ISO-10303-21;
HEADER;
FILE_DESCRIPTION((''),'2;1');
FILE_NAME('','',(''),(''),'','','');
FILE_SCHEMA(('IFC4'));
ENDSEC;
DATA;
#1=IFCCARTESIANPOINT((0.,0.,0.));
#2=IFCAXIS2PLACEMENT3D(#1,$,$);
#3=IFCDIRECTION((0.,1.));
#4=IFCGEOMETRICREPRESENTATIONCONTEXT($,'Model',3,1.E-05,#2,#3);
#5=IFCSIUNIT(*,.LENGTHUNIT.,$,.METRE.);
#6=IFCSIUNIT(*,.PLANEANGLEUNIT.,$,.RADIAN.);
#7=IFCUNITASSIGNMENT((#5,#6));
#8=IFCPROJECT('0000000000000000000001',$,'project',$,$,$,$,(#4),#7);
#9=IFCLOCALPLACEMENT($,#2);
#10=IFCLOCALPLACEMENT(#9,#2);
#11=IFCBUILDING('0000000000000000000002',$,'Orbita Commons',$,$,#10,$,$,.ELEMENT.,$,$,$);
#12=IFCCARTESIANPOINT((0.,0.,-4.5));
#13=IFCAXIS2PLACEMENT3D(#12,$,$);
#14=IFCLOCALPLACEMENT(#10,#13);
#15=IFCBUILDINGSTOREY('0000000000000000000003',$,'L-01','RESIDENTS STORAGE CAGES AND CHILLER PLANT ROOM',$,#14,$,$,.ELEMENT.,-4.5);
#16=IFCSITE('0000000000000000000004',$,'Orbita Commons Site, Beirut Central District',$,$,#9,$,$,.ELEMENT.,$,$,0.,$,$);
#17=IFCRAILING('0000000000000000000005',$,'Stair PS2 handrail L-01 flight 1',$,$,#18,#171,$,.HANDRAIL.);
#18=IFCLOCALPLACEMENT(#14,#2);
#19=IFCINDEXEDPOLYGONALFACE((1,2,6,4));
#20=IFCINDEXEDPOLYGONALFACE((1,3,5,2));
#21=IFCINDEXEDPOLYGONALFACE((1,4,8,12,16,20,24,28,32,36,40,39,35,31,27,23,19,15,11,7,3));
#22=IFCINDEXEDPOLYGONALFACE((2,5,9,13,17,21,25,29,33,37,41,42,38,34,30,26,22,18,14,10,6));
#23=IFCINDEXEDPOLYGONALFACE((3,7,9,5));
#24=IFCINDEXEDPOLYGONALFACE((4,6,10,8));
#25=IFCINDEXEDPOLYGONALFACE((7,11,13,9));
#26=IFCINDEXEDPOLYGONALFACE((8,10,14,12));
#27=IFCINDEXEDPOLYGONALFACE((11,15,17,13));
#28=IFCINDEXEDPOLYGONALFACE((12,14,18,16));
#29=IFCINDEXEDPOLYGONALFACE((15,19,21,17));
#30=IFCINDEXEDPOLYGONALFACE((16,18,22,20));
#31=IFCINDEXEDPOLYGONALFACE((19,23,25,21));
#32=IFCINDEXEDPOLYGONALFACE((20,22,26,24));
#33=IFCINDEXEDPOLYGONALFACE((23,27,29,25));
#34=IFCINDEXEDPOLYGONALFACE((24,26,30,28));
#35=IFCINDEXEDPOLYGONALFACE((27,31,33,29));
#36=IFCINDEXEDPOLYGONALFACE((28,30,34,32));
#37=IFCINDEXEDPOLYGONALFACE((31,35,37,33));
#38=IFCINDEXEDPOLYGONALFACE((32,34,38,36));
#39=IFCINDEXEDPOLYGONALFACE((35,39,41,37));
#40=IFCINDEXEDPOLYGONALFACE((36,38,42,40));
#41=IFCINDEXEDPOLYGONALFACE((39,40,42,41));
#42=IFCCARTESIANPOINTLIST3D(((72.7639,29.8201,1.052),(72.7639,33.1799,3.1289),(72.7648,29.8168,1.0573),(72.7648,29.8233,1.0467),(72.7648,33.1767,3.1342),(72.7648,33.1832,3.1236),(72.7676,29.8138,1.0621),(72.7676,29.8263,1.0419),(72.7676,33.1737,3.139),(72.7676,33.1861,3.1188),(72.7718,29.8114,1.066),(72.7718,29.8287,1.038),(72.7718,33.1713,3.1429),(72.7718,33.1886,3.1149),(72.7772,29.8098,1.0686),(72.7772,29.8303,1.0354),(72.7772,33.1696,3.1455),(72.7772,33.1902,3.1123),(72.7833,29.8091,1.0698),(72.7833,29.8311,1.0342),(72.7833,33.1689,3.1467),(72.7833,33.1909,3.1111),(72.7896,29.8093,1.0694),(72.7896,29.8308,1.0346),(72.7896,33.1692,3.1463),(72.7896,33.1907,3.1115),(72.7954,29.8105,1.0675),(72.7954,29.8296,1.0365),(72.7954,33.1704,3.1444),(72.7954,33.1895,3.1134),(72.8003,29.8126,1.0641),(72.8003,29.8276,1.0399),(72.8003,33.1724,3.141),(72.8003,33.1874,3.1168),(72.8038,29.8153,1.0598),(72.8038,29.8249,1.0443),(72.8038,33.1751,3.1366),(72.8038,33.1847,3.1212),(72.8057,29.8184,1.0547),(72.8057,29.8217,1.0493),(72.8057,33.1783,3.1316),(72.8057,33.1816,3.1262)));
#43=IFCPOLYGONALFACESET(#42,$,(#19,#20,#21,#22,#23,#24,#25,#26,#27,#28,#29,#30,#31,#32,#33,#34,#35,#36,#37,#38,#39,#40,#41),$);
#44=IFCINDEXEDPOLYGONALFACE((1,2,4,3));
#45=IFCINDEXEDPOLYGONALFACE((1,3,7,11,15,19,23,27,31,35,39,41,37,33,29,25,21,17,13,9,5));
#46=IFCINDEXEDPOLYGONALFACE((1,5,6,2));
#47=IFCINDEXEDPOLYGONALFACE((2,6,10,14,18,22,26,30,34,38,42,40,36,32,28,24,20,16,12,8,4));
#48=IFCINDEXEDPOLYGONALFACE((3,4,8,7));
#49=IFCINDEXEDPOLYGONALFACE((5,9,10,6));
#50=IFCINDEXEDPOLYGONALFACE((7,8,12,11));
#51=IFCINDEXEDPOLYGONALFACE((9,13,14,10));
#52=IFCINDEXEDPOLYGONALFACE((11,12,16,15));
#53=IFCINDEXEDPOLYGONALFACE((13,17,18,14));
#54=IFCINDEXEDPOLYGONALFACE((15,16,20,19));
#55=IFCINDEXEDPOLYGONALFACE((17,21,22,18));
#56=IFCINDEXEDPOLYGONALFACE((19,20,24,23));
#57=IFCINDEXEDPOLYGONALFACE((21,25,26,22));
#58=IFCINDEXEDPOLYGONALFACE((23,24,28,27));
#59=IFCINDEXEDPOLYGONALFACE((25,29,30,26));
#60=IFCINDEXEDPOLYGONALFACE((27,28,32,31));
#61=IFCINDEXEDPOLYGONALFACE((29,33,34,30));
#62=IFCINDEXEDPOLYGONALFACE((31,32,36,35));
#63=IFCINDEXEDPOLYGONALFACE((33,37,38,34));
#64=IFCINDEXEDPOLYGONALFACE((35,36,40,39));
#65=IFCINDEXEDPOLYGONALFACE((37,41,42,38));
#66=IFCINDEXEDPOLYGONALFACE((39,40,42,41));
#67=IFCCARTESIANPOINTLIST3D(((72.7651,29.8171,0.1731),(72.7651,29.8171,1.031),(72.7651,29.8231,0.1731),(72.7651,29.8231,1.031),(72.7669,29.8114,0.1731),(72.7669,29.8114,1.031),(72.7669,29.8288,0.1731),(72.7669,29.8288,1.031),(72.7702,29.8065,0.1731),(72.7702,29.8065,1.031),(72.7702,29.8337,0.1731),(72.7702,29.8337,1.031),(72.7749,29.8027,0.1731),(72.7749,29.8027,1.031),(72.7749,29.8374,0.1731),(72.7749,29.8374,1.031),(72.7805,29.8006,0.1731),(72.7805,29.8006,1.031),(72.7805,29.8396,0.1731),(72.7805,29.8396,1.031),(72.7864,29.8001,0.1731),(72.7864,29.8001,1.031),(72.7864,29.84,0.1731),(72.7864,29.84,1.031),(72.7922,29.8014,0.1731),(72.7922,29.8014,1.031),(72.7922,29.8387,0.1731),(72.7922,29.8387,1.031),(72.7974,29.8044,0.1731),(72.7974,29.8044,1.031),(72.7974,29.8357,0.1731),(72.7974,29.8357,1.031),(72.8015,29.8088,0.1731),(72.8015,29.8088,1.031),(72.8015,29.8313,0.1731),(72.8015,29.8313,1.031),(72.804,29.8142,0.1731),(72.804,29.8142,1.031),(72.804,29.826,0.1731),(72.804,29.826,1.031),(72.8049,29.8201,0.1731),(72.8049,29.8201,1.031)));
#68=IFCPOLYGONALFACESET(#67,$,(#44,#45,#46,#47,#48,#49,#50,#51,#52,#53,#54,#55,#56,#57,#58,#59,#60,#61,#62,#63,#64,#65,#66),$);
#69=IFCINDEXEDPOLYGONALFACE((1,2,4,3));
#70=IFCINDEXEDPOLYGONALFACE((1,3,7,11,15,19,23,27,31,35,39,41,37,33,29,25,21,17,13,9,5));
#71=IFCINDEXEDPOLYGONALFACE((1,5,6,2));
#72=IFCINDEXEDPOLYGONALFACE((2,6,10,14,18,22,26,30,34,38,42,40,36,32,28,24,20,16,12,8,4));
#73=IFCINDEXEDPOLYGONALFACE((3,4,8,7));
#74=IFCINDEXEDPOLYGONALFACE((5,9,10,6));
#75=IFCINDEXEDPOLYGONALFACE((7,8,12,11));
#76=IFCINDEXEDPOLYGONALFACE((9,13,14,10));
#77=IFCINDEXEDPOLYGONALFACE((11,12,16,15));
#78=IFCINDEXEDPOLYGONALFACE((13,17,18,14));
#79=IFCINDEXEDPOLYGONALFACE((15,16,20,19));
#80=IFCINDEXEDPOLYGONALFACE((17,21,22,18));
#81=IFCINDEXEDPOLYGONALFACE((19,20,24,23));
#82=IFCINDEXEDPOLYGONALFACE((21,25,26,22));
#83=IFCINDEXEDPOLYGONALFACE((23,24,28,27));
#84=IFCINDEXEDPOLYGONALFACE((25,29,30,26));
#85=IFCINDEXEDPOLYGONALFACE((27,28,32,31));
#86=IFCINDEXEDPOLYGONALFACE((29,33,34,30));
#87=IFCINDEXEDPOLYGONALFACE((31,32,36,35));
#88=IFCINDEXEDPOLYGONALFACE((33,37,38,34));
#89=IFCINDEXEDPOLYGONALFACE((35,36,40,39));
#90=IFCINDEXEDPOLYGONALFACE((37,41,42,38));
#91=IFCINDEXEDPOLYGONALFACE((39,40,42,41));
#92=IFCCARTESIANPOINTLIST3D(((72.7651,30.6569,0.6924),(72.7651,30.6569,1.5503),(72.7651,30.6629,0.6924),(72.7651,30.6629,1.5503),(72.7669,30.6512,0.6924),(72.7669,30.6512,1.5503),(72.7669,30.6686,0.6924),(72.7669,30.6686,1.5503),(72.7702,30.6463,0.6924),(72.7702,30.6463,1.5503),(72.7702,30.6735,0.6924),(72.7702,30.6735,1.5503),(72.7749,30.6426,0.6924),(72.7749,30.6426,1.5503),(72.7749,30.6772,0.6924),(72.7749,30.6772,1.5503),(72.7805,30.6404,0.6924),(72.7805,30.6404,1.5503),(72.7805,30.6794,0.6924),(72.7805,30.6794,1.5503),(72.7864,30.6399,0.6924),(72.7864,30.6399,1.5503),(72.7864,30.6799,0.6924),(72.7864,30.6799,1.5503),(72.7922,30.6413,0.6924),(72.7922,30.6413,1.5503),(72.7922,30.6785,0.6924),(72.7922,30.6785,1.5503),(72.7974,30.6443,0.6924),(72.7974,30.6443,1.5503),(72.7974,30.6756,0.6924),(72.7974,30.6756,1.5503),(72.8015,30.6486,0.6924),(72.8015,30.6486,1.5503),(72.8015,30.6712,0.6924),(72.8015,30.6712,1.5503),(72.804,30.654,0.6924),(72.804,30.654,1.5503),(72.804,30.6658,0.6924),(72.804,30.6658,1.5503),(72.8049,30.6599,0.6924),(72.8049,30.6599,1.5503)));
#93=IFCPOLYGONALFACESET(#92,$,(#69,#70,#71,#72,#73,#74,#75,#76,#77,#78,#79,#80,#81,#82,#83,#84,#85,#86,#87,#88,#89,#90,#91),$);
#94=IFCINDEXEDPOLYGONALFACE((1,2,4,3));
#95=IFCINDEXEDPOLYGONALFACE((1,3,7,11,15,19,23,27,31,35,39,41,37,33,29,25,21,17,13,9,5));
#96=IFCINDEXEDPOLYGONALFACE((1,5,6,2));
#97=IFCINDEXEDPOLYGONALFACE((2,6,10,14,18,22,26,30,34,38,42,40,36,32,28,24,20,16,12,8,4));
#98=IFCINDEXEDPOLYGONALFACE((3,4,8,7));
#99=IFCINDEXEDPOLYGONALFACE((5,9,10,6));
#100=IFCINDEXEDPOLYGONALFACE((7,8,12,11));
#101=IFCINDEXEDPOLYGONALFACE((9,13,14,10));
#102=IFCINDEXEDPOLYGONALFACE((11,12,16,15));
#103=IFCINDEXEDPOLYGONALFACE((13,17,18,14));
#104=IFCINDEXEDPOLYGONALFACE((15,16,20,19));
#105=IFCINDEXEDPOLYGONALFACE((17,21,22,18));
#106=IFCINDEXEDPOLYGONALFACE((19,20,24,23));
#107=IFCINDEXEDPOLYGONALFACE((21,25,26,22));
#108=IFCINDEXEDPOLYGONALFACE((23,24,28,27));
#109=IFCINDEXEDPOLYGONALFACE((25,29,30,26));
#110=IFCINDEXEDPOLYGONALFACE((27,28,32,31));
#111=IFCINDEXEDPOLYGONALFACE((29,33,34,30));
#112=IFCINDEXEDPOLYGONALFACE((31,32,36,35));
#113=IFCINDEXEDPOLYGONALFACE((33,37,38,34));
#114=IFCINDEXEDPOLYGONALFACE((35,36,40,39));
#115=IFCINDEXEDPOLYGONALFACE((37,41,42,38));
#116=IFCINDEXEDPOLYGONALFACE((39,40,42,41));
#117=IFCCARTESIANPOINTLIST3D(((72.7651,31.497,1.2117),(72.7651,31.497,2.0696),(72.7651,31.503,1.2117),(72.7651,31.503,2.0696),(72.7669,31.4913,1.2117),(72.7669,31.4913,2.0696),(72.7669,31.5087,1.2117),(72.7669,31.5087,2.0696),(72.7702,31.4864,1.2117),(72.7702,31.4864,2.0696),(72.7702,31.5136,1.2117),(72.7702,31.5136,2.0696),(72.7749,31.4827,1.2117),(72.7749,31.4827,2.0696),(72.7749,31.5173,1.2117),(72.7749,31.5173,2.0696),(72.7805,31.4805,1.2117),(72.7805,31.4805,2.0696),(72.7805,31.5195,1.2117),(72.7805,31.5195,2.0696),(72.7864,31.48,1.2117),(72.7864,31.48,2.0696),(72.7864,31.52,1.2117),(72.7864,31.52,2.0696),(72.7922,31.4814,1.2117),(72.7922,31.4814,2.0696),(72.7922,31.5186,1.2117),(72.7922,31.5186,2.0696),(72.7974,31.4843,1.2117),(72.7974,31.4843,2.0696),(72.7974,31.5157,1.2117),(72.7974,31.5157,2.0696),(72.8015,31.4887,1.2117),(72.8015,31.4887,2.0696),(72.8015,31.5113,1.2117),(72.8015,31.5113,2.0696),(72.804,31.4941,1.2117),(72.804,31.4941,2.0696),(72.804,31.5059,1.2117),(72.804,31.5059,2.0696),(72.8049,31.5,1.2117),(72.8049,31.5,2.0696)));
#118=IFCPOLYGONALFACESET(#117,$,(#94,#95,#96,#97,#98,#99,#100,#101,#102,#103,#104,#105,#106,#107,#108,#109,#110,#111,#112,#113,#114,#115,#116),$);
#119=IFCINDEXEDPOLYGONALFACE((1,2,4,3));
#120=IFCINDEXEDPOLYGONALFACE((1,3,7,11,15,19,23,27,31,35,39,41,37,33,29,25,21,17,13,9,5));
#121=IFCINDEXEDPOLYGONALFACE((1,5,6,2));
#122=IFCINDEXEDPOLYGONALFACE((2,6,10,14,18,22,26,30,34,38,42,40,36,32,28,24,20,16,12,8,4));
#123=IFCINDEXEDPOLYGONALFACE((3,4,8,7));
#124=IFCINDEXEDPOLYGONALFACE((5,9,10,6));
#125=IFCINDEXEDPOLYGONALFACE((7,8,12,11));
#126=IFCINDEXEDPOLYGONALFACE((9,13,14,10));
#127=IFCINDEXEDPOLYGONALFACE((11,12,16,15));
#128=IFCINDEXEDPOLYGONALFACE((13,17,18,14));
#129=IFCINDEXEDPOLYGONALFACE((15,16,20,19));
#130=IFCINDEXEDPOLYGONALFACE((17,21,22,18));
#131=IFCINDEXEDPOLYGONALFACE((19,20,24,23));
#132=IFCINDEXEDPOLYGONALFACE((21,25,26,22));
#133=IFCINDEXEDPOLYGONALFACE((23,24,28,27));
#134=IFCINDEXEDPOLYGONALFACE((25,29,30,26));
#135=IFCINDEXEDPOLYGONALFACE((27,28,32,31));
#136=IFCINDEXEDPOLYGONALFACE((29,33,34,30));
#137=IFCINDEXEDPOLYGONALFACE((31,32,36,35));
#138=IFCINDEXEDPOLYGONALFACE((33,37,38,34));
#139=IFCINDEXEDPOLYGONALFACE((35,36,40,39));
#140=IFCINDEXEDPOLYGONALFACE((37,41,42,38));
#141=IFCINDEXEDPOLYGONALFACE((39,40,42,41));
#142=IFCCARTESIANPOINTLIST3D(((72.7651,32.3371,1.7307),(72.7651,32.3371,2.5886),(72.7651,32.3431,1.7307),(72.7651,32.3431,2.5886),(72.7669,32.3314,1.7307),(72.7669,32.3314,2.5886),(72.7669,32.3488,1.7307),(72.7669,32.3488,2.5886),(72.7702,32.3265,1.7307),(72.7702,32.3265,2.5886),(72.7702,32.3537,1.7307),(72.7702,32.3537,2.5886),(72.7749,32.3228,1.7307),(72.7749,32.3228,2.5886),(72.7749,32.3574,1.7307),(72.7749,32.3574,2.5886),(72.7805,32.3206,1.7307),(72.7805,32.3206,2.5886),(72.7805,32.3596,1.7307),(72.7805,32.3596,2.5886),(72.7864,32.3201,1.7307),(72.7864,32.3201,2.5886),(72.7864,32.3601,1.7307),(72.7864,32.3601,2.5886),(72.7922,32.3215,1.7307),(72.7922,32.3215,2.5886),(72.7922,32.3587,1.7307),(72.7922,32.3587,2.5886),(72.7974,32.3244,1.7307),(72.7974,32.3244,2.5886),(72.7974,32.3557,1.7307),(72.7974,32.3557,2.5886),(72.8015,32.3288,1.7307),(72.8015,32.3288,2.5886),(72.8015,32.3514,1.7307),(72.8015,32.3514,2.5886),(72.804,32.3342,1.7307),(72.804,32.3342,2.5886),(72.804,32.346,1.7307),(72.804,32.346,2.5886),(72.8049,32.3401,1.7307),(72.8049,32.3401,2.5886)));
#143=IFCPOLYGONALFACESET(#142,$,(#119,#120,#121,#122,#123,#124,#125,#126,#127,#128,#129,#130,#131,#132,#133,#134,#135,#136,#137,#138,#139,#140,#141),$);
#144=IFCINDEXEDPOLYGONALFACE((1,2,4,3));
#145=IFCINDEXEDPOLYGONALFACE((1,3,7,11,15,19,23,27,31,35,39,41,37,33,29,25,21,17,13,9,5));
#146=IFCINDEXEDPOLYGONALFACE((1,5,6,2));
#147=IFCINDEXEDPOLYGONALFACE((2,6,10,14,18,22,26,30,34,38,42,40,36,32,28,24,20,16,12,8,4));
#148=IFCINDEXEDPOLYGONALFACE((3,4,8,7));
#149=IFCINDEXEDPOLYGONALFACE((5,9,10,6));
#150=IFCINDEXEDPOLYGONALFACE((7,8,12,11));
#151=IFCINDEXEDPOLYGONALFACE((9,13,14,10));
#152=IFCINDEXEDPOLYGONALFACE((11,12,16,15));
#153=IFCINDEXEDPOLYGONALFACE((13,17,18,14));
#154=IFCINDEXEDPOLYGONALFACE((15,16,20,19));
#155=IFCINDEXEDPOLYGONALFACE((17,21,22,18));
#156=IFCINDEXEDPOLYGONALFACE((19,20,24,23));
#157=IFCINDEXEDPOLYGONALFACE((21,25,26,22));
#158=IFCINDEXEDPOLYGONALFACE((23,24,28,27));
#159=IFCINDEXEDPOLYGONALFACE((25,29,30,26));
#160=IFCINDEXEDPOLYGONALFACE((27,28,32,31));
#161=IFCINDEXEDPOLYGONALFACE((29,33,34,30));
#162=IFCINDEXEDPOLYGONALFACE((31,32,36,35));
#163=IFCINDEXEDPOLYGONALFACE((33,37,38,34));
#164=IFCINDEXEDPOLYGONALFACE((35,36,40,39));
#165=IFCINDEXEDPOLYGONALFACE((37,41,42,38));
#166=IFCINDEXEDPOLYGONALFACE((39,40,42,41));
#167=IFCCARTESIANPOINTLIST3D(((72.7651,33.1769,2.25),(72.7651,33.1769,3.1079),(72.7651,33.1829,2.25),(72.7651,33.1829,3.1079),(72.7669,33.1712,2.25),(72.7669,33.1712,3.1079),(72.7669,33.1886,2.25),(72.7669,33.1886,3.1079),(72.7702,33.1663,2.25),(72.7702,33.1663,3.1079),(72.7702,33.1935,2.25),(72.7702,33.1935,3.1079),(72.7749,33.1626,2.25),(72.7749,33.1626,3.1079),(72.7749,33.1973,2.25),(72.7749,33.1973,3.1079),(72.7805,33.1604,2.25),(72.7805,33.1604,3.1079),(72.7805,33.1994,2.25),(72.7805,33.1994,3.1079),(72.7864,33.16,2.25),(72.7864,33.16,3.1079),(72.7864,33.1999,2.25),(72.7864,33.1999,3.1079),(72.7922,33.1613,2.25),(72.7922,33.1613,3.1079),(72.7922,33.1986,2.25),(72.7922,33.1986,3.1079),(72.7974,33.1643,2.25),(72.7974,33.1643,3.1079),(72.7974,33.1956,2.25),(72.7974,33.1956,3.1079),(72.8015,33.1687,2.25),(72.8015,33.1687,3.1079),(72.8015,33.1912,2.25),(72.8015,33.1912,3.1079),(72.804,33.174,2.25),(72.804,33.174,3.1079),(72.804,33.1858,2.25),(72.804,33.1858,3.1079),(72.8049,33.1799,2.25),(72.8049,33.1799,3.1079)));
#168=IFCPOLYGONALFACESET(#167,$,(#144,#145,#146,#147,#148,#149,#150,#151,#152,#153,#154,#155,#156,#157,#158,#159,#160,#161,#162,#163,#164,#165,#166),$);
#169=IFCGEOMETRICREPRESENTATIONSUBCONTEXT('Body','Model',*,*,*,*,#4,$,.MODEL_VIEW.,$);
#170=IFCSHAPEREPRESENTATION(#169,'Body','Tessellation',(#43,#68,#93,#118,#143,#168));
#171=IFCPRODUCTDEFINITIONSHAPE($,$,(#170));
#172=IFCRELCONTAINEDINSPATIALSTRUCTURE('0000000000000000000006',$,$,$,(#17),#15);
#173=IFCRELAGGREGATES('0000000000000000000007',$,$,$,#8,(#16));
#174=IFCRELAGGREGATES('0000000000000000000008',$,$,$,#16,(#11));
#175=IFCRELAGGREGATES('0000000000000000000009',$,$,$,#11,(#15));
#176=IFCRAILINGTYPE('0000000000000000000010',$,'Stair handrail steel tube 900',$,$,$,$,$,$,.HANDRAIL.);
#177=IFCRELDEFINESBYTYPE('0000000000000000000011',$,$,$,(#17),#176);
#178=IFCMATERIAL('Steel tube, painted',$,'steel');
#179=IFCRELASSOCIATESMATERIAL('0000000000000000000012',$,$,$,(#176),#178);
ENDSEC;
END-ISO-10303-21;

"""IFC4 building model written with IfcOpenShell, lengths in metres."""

from ifc_helpers import new_model, si_unit, direction, frame, origin, origin_2d, place, context, subcontext, project, spatial, circle, extrude, material, type_object, element, save


model = new_model("IFC4")

# Units and contexts
model_context = context("Model", 3, precision=1e-05, world=origin(), true_north=direction((0.0, 1.0)))
body_context = subcontext(model_context, "Body", "Model", "MODEL_VIEW")
ifc_project = project(units=[si_unit("LENGTHUNIT", "METRE"), si_unit("PLANEANGLEUNIT", "RADIAN")], contexts=[model_context])

# Site, building, storey
site_placement = place(None, origin())
site = spatial("IfcSite", under=ifc_project, at=site_placement, Name="Orbita Commons Site, Beirut Central District", CompositionType="ELEMENT", RefElevation=0.0)
building_placement = place(site_placement, origin())
building = spatial("IfcBuilding", under=site, at=building_placement, Name="Orbita Commons", CompositionType="ELEMENT")
storey_placement = place(building_placement, frame((0.0, 0.0, -4.5)))
storey = spatial("IfcBuildingStorey", under=building, at=storey_placement, Name="L-01", Description="RESIDENTS STORAGE CAGES AND CHILLER PLANT ROOM", CompositionType="ELEMENT", Elevation=-4.5)

# Railing
ifc_material_1 = material(Name="Steel tube, painted", Category="steel")
railing_type_1 = type_object("IfcRailingType", Name="Stair handrail steel tube 900", PredefinedType="HANDRAIL", material=ifc_material_1)
for number, where, name in (
    (1, (72.7849, 29.8201, 0.1731), "Stair PS2 handrail L-01 flight 1"),
):
    element("IfcRailing", number, at=place(storey_placement, frame(where)), inside=storey, type_object=railing_type_1, Name=name, PredefinedType="HANDRAIL", context=body_context, shape_type="SweptSolid", body=[
        extrude(circle(Radius=0.021, at=origin_2d()), frame((0.0, 0.0, 0.8789), z_axis=(0.0, 0.850606, 0.525803), x_axis=(-1.0, 0.0, 0.0)), (0.0, 0.0, 1.0), 3.95),
        extrude(circle(Radius=0.02, at=origin_2d()), origin(), (0.0, 0.0, 1.0), 0.8579),
        extrude(circle(Radius=0.02, at=origin_2d()), frame((0.0, 0.8398, 0.5193)), (0.0, 0.0, 1.0), 0.8579),
        extrude(circle(Radius=0.02, at=origin_2d()), frame((0.0, 1.6799, 1.0386)), (0.0, 0.0, 1.0), 0.8579),
        extrude(circle(Radius=0.02, at=origin_2d()), frame((0.0, 2.52, 1.5576)), (0.0, 0.0, 1.0), 0.8579),
        extrude(circle(Radius=0.02, at=origin_2d()), frame((0.0, 3.3599, 2.0769)), (0.0, 0.0, 1.0), 0.8579),
    ])

save(model, "model.ifc")
